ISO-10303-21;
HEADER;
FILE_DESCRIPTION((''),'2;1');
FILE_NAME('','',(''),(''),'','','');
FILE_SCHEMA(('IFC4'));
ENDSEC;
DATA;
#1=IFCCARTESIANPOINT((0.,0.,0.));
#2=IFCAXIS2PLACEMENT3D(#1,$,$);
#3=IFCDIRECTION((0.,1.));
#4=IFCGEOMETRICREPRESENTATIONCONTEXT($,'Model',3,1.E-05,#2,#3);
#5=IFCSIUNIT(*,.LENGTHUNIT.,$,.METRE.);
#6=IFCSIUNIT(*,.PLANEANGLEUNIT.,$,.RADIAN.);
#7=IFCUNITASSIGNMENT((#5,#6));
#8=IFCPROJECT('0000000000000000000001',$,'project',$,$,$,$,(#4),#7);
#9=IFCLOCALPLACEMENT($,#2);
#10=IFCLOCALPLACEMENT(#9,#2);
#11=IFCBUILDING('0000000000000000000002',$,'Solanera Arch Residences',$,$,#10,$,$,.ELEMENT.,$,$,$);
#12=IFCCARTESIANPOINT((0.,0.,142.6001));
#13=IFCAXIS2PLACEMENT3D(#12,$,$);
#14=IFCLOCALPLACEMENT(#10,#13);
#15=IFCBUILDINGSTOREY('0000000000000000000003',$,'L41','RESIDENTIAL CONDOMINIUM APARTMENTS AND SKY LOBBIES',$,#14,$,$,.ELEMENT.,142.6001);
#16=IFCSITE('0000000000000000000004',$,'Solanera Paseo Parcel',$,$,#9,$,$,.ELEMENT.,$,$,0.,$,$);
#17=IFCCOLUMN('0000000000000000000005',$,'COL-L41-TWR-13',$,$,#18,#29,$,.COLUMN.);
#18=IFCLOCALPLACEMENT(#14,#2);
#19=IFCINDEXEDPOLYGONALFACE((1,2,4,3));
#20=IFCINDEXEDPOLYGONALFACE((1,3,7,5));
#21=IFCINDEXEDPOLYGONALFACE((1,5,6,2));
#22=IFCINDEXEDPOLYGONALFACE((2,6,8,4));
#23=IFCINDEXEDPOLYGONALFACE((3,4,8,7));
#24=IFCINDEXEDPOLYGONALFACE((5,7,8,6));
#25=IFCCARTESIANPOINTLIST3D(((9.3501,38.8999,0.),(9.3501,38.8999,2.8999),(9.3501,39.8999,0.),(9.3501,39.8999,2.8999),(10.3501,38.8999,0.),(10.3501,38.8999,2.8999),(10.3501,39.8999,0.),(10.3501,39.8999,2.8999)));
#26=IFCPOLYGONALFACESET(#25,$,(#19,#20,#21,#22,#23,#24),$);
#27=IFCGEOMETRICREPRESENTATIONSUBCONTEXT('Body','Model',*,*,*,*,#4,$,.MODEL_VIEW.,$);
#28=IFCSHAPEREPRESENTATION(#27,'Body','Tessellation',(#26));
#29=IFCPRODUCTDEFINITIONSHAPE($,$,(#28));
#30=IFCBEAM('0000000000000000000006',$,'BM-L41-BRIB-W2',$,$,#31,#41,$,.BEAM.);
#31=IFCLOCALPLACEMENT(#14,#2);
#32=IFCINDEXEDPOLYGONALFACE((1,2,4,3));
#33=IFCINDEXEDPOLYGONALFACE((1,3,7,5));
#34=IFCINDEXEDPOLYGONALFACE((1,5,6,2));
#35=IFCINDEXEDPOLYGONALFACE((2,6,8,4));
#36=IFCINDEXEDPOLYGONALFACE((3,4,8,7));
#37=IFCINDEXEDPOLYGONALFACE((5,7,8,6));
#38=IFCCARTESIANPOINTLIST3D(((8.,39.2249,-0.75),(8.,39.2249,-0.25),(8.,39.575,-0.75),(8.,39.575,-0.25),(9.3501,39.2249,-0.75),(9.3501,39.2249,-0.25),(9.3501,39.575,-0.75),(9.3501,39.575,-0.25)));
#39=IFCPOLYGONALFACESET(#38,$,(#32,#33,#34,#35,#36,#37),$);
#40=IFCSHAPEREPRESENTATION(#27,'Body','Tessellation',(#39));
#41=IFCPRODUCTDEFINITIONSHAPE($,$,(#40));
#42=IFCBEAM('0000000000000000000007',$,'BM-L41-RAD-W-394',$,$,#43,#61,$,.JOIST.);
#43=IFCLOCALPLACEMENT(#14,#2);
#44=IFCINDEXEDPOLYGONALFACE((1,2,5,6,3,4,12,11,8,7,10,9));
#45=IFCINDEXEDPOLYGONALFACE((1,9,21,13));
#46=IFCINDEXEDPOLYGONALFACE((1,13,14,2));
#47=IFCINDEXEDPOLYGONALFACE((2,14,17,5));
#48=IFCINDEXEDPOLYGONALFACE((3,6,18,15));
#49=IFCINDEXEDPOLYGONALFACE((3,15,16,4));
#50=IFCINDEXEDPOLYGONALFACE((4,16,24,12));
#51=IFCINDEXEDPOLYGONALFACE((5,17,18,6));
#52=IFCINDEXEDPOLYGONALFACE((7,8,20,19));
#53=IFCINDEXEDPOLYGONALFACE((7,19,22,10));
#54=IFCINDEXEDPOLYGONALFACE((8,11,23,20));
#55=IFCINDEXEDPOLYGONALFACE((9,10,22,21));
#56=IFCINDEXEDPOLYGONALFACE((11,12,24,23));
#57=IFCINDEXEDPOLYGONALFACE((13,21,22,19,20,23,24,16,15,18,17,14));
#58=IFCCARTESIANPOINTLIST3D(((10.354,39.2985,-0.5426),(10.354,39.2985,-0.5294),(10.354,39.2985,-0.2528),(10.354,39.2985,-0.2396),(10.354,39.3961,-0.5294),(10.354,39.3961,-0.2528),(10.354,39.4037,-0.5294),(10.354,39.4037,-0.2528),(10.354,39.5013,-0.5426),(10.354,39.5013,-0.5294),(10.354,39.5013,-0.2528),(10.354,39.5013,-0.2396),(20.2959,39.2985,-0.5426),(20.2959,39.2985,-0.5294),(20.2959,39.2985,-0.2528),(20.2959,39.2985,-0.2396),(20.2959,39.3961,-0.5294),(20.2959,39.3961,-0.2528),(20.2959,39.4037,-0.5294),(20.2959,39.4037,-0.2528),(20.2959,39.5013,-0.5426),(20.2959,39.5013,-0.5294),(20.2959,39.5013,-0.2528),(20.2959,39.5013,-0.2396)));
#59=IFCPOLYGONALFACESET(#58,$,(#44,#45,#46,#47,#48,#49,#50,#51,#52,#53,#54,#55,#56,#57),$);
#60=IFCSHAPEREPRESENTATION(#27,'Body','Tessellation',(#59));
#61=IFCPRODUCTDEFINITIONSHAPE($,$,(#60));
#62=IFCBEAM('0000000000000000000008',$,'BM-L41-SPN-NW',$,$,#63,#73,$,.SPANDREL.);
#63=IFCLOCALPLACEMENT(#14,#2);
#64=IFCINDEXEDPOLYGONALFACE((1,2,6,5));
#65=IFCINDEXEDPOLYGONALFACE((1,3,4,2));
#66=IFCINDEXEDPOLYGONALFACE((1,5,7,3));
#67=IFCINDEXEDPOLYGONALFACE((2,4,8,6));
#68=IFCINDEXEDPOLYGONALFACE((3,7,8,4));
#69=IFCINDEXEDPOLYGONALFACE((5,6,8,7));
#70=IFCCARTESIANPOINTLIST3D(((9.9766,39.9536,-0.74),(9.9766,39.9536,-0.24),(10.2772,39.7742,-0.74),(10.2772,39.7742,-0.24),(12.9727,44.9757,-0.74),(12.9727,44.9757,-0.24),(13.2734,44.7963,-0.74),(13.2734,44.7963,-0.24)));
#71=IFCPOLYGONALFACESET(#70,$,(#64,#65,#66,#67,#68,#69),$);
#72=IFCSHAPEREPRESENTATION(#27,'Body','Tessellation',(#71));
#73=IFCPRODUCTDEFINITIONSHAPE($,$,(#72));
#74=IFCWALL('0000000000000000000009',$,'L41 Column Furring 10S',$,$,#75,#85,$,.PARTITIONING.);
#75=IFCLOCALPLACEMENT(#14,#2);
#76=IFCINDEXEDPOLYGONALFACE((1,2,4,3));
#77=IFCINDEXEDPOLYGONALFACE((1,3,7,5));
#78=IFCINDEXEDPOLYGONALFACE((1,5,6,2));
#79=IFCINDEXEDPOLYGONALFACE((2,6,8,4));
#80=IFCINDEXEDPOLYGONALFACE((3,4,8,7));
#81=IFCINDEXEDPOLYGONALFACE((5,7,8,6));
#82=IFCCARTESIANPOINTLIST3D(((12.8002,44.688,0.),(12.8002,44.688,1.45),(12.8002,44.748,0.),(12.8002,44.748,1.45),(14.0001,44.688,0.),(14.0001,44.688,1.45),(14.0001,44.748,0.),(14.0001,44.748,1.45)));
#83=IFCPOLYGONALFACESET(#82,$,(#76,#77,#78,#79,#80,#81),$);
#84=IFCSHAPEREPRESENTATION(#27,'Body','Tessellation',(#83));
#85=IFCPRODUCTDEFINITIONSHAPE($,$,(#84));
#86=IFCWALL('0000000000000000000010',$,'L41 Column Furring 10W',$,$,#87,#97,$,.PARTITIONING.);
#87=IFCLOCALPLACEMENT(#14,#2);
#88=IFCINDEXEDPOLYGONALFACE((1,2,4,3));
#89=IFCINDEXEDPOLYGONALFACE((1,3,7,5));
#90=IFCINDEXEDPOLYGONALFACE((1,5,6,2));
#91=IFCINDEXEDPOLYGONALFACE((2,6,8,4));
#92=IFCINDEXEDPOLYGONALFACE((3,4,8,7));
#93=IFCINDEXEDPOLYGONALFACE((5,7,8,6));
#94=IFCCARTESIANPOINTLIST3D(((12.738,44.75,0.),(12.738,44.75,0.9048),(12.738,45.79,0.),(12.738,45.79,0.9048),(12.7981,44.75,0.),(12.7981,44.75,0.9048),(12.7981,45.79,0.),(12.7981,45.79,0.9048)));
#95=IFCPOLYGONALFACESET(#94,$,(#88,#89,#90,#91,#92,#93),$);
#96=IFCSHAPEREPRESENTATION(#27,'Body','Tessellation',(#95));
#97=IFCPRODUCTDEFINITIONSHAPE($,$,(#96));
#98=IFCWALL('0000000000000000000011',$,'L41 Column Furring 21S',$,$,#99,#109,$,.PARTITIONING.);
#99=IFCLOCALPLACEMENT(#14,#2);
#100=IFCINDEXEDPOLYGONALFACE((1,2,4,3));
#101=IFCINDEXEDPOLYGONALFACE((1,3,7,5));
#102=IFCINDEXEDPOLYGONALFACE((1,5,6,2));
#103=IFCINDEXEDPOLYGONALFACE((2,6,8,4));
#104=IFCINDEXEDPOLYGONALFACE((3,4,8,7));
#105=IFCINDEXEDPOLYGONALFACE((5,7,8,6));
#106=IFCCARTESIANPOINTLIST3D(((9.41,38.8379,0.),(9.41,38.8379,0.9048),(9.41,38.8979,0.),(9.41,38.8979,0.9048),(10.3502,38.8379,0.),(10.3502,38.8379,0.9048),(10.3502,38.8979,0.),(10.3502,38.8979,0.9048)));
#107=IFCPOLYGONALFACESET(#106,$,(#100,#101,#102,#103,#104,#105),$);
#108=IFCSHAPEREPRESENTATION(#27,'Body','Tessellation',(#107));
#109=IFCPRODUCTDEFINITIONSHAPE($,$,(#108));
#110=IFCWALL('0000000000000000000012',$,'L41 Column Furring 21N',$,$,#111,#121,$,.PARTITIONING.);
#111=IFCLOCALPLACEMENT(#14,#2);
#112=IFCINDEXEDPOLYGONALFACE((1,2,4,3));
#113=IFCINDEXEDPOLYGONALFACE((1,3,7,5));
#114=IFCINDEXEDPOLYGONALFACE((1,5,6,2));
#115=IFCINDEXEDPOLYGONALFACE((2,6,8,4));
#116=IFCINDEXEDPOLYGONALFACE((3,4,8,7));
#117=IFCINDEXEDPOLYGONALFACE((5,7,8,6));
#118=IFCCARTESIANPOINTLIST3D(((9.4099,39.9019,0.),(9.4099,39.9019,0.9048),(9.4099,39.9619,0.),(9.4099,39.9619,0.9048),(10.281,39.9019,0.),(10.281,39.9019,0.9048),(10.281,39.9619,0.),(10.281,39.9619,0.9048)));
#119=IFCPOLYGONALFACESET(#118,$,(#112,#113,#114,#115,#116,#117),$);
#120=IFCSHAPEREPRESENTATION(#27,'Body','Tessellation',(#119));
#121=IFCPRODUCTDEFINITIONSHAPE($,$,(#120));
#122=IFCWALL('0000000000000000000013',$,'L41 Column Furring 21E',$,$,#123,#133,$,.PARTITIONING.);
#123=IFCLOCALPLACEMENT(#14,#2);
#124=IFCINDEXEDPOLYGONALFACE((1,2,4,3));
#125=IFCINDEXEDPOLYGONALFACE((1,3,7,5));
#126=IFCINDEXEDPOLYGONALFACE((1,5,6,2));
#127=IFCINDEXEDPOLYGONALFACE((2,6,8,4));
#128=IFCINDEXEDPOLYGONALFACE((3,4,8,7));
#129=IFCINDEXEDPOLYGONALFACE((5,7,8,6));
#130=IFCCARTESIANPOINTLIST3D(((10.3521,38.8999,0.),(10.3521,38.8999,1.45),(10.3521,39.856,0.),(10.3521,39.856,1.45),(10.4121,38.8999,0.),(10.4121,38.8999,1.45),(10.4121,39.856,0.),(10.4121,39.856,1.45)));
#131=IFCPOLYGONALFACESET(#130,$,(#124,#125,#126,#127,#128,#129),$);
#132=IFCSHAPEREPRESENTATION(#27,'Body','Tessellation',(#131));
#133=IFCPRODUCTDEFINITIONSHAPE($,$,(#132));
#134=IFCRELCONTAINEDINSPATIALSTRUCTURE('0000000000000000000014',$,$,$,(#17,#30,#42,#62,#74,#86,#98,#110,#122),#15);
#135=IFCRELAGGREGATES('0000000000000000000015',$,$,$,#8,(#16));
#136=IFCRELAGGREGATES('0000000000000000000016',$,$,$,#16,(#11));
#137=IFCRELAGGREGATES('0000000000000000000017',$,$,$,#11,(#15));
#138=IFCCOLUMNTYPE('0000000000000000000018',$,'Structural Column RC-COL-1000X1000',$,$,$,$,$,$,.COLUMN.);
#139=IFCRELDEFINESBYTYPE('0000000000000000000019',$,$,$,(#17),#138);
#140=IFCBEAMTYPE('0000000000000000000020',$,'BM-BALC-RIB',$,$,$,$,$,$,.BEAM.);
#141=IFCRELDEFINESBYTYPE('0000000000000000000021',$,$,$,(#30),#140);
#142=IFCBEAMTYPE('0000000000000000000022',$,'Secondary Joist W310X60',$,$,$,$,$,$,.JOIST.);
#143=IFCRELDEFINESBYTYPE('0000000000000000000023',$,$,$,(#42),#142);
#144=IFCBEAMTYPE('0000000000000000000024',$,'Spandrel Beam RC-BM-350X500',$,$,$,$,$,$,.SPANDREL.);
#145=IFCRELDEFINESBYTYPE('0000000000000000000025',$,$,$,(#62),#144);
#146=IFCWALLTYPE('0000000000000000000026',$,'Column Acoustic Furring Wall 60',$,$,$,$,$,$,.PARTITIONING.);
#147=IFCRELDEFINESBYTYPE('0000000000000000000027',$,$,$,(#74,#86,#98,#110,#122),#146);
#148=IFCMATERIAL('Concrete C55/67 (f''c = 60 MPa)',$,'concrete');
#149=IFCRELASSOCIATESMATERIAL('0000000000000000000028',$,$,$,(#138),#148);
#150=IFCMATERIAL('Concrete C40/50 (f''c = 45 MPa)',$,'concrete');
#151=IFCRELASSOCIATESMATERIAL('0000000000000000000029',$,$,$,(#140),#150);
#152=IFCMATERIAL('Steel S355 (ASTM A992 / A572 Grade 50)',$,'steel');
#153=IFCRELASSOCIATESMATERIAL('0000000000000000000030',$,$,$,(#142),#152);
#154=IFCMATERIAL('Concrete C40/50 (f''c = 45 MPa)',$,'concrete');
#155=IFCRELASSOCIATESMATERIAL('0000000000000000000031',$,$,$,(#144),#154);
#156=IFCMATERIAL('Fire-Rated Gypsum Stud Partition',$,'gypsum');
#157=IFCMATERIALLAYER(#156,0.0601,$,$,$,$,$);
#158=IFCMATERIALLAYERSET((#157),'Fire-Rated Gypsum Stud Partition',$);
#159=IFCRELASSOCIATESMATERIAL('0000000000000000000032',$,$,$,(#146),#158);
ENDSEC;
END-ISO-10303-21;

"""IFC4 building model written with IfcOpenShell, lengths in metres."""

from ifc_helpers import new_model, si_unit, direction, frame, frame_2d, origin, origin_2d, place, context, subcontext, project, spatial, rectangle, i_section, extrude, material, layer, layer_set, material_profile, profile_set, type_object, element, save


model = new_model("IFC4")

# Units and contexts
model_context = context("Model", 3, precision=1e-05, world=origin(), true_north=direction((0.0, 1.0)))
body_context = subcontext(model_context, "Body", "Model", "MODEL_VIEW")
ifc_project = project(units=[si_unit("LENGTHUNIT", "METRE"), si_unit("PLANEANGLEUNIT", "RADIAN")], contexts=[model_context])

# Site, building, storey
site_placement = place(None, origin())
site = spatial("IfcSite", under=ifc_project, at=site_placement, Name="Solanera Paseo Parcel", CompositionType="ELEMENT", RefElevation=0.0)
building_placement = place(site_placement, origin())
building = spatial("IfcBuilding", under=site, at=building_placement, Name="Solanera Arch Residences", CompositionType="ELEMENT")
storey_placement = place(building_placement, frame((0.0, 0.0, 142.6001)))
storey = spatial("IfcBuildingStorey", under=building, at=storey_placement, Name="L41", Description="RESIDENTIAL CONDOMINIUM APARTMENTS AND SKY LOBBIES", CompositionType="ELEMENT", Elevation=142.6001)

# Column
ifc_material_1 = material(Name="Concrete C55/67 (f'c = 60 MPa)", Category="concrete")
ifc_material_profile_1 = material_profile(ifc_material_1, rectangle(XDim=1.0, YDim=1.0, at=origin_2d()))
ifc_profile_set_1 = profile_set([ifc_material_profile_1], Name="Concrete C55/67 (f'c = 60 MPa)")
column_type = type_object("IfcColumnType", Name="Structural Column RC-COL-1000X1000", PredefinedType="COLUMN", material=ifc_profile_set_1)
column_placement = place(storey_placement, frame((9.8501, 39.3999, 0.0), z_axis=(0.0, 0.0, 1.0), x_axis=(1.0, 0.0, 0.0)))
element("IfcColumn", 1, at=column_placement, inside=storey, type_object=column_type, Name="COL-L41-TWR-13", PredefinedType="COLUMN", context=body_context, shape_type="SweptSolid", body=[
    extrude(rectangle(XDim=1.0, YDim=1.0, at=origin_2d()), origin(), (0.0, 0.0, 1.0), 2.8999),
])

# Beams
ifc_material_2 = material(Name="Concrete C40/50 (f'c = 45 MPa)", Category="concrete")
ifc_material_profile_2 = material_profile(ifc_material_2, rectangle(XDim=0.3501, YDim=0.5, at=origin_2d()))
ifc_profile_set_2 = profile_set([ifc_material_profile_2], Name="Concrete C40/50 (f'c = 45 MPa)")
beam_type_1 = type_object("IfcBeamType", Name="BM-BALC-RIB", PredefinedType="BEAM", material=ifc_profile_set_2)
beam_1_placement = place(storey_placement, frame((8.0, 39.3999, -0.5), z_axis=(1.0, 0.0, 0.0), x_axis=(0.0, 1.0, 0.0)))
element("IfcBeam", 2, at=beam_1_placement, inside=storey, type_object=beam_type_1, Name="BM-L41-BRIB-W2", PredefinedType="BEAM", context=body_context, shape_type="SweptSolid", body=[
    extrude(rectangle(XDim=0.3501, YDim=0.5, at=origin_2d()), origin(), (0.0, 0.0, 1.0), 1.3501),
])
ifc_material_3 = material(Name="Steel S355 (ASTM A992 / A572 Grade 50)", Category="steel")
ifc_material_profile_3 = material_profile(ifc_material_3, i_section(OverallWidth=0.2029, OverallDepth=0.303, WebThickness=0.0076, FlangeThickness=0.0132, at=origin_2d()))
ifc_profile_set_3 = profile_set([ifc_material_profile_3], Name="Steel S355 (ASTM A992 / A572 Grade 50)")
beam_type_2 = type_object("IfcBeamType", Name="Secondary Joist W310X60", PredefinedType="JOIST", material=ifc_profile_set_3)
beam_2_placement = place(storey_placement, frame((10.354, 39.3999, -0.3911), z_axis=(1.0, 0.0, 0.0), x_axis=(0.0, 1.0, 0.0)))
element("IfcBeam", 3, at=beam_2_placement, inside=storey, type_object=beam_type_2, Name="BM-L41-RAD-W-394", PredefinedType="JOIST", context=body_context, shape_type="SweptSolid", body=[
    extrude(i_section(OverallWidth=0.2029, OverallDepth=0.303, WebThickness=0.0076, FlangeThickness=0.0132, at=origin_2d()), origin(), (0.0, 0.0, 1.0), 9.9419),
])
ifc_material_4 = material(Name="Concrete C40/50 (f'c = 45 MPa)", Category="concrete")
ifc_material_profile_4 = material_profile(ifc_material_4, rectangle(XDim=0.3501, YDim=0.5, at=origin_2d()))
ifc_profile_set_4 = profile_set([ifc_material_profile_4], Name="Concrete C40/50 (f'c = 45 MPa)")
beam_type_3 = type_object("IfcBeamType", Name="Spandrel Beam RC-BM-350X500", PredefinedType="SPANDREL", material=ifc_profile_set_4)
beam_3_placement = place(storey_placement, frame((13.123, 44.886, -0.49), z_axis=(-0.512345, -0.85878, 0.0), x_axis=(0.85878, -0.512345, 0.0)))
element("IfcBeam", 4, at=beam_3_placement, inside=storey, type_object=beam_type_3, Name="BM-L41-SPN-NW", PredefinedType="SPANDREL", context=body_context, shape_type="SweptSolid", body=[
    extrude(rectangle(XDim=0.3501, YDim=0.5, at=origin_2d()), origin(), (0.0, 0.0, 1.0), 5.8479),
])

# Walls
ifc_material_5 = material(Name="Fire-Rated Gypsum Stud Partition", Category="gypsum")
ifc_layer_1 = layer(ifc_material_5, 0.0601)
ifc_layer_set_1 = layer_set([ifc_layer_1], Name="Fire-Rated Gypsum Stud Partition")
wall_type_1 = type_object("IfcWallType", Name="Column Acoustic Furring Wall 60", PredefinedType="PARTITIONING", material=ifc_layer_set_1)
wall_1_placement = place(storey_placement, frame((12.8, 44.718, 0.0), z_axis=(0.0, 0.0, 1.0), x_axis=(1.0, 0.0, 0.0)))
element("IfcWall", 5, at=wall_1_placement, inside=storey, type_object=wall_type_1, Name="L41 Column Furring 10S", PredefinedType="PARTITIONING", context=body_context, shape_type="SweptSolid", body=[
    extrude(rectangle(XDim=1.2, YDim=0.0601, at=frame_2d((0.6001, 0.0))), origin(), (0.0, 0.0, 1.0), 1.45),
])
wall_2_placement = place(storey_placement, frame((12.7681, 44.75, 0.0), z_axis=(0.0, 0.0, 1.0), x_axis=(0.0, 1.0, 0.0)))
element("IfcWall", 6, at=wall_2_placement, inside=storey, type_object=wall_type_1, Name="L41 Column Furring 10W", PredefinedType="PARTITIONING", context=body_context, shape_type="SweptSolid", body=[
    extrude(rectangle(XDim=1.04, YDim=0.0601, at=frame_2d((0.52, 0.0))), origin(), (0.0, 0.0, 1.0), 0.9048),
])
wall_3_placement = place(storey_placement, frame((9.4099, 38.8679, 0.0), z_axis=(0.0, 0.0, 1.0), x_axis=(1.0, 0.0, 0.0)))
element("IfcWall", 7, at=wall_3_placement, inside=storey, type_object=wall_type_1, Name="L41 Column Furring 21S", PredefinedType="PARTITIONING", context=body_context, shape_type="SweptSolid", body=[
    extrude(rectangle(XDim=0.9402, YDim=0.0601, at=frame_2d((0.4702, 0.0))), origin(), (0.0, 0.0, 1.0), 0.9048),
])
wall_4_placement = place(storey_placement, frame((9.4099, 39.9319, 0.0), z_axis=(0.0, 0.0, 1.0), x_axis=(1.0, 0.0, 0.0)))
element("IfcWall", 8, at=wall_4_placement, inside=storey, type_object=wall_type_1, Name="L41 Column Furring 21N", PredefinedType="PARTITIONING", context=body_context, shape_type="SweptSolid", body=[
    extrude(rectangle(XDim=0.8711, YDim=0.0601, at=frame_2d((0.4355, 0.0))), origin(), (0.0, 0.0, 1.0), 0.9048),
])
wall_5_placement = place(storey_placement, frame((10.3821, 38.8999, 0.0), z_axis=(0.0, 0.0, 1.0), x_axis=(0.0, 1.0, 0.0)))
element("IfcWall", 9, at=wall_5_placement, inside=storey, type_object=wall_type_1, Name="L41 Column Furring 21E", PredefinedType="PARTITIONING", context=body_context, shape_type="SweptSolid", body=[
    extrude(rectangle(XDim=0.9561, YDim=0.0601, at=frame_2d((0.478, 0.0))), origin(), (0.0, 0.0, 1.0), 1.45),
])

save(model, "model.ifc")
